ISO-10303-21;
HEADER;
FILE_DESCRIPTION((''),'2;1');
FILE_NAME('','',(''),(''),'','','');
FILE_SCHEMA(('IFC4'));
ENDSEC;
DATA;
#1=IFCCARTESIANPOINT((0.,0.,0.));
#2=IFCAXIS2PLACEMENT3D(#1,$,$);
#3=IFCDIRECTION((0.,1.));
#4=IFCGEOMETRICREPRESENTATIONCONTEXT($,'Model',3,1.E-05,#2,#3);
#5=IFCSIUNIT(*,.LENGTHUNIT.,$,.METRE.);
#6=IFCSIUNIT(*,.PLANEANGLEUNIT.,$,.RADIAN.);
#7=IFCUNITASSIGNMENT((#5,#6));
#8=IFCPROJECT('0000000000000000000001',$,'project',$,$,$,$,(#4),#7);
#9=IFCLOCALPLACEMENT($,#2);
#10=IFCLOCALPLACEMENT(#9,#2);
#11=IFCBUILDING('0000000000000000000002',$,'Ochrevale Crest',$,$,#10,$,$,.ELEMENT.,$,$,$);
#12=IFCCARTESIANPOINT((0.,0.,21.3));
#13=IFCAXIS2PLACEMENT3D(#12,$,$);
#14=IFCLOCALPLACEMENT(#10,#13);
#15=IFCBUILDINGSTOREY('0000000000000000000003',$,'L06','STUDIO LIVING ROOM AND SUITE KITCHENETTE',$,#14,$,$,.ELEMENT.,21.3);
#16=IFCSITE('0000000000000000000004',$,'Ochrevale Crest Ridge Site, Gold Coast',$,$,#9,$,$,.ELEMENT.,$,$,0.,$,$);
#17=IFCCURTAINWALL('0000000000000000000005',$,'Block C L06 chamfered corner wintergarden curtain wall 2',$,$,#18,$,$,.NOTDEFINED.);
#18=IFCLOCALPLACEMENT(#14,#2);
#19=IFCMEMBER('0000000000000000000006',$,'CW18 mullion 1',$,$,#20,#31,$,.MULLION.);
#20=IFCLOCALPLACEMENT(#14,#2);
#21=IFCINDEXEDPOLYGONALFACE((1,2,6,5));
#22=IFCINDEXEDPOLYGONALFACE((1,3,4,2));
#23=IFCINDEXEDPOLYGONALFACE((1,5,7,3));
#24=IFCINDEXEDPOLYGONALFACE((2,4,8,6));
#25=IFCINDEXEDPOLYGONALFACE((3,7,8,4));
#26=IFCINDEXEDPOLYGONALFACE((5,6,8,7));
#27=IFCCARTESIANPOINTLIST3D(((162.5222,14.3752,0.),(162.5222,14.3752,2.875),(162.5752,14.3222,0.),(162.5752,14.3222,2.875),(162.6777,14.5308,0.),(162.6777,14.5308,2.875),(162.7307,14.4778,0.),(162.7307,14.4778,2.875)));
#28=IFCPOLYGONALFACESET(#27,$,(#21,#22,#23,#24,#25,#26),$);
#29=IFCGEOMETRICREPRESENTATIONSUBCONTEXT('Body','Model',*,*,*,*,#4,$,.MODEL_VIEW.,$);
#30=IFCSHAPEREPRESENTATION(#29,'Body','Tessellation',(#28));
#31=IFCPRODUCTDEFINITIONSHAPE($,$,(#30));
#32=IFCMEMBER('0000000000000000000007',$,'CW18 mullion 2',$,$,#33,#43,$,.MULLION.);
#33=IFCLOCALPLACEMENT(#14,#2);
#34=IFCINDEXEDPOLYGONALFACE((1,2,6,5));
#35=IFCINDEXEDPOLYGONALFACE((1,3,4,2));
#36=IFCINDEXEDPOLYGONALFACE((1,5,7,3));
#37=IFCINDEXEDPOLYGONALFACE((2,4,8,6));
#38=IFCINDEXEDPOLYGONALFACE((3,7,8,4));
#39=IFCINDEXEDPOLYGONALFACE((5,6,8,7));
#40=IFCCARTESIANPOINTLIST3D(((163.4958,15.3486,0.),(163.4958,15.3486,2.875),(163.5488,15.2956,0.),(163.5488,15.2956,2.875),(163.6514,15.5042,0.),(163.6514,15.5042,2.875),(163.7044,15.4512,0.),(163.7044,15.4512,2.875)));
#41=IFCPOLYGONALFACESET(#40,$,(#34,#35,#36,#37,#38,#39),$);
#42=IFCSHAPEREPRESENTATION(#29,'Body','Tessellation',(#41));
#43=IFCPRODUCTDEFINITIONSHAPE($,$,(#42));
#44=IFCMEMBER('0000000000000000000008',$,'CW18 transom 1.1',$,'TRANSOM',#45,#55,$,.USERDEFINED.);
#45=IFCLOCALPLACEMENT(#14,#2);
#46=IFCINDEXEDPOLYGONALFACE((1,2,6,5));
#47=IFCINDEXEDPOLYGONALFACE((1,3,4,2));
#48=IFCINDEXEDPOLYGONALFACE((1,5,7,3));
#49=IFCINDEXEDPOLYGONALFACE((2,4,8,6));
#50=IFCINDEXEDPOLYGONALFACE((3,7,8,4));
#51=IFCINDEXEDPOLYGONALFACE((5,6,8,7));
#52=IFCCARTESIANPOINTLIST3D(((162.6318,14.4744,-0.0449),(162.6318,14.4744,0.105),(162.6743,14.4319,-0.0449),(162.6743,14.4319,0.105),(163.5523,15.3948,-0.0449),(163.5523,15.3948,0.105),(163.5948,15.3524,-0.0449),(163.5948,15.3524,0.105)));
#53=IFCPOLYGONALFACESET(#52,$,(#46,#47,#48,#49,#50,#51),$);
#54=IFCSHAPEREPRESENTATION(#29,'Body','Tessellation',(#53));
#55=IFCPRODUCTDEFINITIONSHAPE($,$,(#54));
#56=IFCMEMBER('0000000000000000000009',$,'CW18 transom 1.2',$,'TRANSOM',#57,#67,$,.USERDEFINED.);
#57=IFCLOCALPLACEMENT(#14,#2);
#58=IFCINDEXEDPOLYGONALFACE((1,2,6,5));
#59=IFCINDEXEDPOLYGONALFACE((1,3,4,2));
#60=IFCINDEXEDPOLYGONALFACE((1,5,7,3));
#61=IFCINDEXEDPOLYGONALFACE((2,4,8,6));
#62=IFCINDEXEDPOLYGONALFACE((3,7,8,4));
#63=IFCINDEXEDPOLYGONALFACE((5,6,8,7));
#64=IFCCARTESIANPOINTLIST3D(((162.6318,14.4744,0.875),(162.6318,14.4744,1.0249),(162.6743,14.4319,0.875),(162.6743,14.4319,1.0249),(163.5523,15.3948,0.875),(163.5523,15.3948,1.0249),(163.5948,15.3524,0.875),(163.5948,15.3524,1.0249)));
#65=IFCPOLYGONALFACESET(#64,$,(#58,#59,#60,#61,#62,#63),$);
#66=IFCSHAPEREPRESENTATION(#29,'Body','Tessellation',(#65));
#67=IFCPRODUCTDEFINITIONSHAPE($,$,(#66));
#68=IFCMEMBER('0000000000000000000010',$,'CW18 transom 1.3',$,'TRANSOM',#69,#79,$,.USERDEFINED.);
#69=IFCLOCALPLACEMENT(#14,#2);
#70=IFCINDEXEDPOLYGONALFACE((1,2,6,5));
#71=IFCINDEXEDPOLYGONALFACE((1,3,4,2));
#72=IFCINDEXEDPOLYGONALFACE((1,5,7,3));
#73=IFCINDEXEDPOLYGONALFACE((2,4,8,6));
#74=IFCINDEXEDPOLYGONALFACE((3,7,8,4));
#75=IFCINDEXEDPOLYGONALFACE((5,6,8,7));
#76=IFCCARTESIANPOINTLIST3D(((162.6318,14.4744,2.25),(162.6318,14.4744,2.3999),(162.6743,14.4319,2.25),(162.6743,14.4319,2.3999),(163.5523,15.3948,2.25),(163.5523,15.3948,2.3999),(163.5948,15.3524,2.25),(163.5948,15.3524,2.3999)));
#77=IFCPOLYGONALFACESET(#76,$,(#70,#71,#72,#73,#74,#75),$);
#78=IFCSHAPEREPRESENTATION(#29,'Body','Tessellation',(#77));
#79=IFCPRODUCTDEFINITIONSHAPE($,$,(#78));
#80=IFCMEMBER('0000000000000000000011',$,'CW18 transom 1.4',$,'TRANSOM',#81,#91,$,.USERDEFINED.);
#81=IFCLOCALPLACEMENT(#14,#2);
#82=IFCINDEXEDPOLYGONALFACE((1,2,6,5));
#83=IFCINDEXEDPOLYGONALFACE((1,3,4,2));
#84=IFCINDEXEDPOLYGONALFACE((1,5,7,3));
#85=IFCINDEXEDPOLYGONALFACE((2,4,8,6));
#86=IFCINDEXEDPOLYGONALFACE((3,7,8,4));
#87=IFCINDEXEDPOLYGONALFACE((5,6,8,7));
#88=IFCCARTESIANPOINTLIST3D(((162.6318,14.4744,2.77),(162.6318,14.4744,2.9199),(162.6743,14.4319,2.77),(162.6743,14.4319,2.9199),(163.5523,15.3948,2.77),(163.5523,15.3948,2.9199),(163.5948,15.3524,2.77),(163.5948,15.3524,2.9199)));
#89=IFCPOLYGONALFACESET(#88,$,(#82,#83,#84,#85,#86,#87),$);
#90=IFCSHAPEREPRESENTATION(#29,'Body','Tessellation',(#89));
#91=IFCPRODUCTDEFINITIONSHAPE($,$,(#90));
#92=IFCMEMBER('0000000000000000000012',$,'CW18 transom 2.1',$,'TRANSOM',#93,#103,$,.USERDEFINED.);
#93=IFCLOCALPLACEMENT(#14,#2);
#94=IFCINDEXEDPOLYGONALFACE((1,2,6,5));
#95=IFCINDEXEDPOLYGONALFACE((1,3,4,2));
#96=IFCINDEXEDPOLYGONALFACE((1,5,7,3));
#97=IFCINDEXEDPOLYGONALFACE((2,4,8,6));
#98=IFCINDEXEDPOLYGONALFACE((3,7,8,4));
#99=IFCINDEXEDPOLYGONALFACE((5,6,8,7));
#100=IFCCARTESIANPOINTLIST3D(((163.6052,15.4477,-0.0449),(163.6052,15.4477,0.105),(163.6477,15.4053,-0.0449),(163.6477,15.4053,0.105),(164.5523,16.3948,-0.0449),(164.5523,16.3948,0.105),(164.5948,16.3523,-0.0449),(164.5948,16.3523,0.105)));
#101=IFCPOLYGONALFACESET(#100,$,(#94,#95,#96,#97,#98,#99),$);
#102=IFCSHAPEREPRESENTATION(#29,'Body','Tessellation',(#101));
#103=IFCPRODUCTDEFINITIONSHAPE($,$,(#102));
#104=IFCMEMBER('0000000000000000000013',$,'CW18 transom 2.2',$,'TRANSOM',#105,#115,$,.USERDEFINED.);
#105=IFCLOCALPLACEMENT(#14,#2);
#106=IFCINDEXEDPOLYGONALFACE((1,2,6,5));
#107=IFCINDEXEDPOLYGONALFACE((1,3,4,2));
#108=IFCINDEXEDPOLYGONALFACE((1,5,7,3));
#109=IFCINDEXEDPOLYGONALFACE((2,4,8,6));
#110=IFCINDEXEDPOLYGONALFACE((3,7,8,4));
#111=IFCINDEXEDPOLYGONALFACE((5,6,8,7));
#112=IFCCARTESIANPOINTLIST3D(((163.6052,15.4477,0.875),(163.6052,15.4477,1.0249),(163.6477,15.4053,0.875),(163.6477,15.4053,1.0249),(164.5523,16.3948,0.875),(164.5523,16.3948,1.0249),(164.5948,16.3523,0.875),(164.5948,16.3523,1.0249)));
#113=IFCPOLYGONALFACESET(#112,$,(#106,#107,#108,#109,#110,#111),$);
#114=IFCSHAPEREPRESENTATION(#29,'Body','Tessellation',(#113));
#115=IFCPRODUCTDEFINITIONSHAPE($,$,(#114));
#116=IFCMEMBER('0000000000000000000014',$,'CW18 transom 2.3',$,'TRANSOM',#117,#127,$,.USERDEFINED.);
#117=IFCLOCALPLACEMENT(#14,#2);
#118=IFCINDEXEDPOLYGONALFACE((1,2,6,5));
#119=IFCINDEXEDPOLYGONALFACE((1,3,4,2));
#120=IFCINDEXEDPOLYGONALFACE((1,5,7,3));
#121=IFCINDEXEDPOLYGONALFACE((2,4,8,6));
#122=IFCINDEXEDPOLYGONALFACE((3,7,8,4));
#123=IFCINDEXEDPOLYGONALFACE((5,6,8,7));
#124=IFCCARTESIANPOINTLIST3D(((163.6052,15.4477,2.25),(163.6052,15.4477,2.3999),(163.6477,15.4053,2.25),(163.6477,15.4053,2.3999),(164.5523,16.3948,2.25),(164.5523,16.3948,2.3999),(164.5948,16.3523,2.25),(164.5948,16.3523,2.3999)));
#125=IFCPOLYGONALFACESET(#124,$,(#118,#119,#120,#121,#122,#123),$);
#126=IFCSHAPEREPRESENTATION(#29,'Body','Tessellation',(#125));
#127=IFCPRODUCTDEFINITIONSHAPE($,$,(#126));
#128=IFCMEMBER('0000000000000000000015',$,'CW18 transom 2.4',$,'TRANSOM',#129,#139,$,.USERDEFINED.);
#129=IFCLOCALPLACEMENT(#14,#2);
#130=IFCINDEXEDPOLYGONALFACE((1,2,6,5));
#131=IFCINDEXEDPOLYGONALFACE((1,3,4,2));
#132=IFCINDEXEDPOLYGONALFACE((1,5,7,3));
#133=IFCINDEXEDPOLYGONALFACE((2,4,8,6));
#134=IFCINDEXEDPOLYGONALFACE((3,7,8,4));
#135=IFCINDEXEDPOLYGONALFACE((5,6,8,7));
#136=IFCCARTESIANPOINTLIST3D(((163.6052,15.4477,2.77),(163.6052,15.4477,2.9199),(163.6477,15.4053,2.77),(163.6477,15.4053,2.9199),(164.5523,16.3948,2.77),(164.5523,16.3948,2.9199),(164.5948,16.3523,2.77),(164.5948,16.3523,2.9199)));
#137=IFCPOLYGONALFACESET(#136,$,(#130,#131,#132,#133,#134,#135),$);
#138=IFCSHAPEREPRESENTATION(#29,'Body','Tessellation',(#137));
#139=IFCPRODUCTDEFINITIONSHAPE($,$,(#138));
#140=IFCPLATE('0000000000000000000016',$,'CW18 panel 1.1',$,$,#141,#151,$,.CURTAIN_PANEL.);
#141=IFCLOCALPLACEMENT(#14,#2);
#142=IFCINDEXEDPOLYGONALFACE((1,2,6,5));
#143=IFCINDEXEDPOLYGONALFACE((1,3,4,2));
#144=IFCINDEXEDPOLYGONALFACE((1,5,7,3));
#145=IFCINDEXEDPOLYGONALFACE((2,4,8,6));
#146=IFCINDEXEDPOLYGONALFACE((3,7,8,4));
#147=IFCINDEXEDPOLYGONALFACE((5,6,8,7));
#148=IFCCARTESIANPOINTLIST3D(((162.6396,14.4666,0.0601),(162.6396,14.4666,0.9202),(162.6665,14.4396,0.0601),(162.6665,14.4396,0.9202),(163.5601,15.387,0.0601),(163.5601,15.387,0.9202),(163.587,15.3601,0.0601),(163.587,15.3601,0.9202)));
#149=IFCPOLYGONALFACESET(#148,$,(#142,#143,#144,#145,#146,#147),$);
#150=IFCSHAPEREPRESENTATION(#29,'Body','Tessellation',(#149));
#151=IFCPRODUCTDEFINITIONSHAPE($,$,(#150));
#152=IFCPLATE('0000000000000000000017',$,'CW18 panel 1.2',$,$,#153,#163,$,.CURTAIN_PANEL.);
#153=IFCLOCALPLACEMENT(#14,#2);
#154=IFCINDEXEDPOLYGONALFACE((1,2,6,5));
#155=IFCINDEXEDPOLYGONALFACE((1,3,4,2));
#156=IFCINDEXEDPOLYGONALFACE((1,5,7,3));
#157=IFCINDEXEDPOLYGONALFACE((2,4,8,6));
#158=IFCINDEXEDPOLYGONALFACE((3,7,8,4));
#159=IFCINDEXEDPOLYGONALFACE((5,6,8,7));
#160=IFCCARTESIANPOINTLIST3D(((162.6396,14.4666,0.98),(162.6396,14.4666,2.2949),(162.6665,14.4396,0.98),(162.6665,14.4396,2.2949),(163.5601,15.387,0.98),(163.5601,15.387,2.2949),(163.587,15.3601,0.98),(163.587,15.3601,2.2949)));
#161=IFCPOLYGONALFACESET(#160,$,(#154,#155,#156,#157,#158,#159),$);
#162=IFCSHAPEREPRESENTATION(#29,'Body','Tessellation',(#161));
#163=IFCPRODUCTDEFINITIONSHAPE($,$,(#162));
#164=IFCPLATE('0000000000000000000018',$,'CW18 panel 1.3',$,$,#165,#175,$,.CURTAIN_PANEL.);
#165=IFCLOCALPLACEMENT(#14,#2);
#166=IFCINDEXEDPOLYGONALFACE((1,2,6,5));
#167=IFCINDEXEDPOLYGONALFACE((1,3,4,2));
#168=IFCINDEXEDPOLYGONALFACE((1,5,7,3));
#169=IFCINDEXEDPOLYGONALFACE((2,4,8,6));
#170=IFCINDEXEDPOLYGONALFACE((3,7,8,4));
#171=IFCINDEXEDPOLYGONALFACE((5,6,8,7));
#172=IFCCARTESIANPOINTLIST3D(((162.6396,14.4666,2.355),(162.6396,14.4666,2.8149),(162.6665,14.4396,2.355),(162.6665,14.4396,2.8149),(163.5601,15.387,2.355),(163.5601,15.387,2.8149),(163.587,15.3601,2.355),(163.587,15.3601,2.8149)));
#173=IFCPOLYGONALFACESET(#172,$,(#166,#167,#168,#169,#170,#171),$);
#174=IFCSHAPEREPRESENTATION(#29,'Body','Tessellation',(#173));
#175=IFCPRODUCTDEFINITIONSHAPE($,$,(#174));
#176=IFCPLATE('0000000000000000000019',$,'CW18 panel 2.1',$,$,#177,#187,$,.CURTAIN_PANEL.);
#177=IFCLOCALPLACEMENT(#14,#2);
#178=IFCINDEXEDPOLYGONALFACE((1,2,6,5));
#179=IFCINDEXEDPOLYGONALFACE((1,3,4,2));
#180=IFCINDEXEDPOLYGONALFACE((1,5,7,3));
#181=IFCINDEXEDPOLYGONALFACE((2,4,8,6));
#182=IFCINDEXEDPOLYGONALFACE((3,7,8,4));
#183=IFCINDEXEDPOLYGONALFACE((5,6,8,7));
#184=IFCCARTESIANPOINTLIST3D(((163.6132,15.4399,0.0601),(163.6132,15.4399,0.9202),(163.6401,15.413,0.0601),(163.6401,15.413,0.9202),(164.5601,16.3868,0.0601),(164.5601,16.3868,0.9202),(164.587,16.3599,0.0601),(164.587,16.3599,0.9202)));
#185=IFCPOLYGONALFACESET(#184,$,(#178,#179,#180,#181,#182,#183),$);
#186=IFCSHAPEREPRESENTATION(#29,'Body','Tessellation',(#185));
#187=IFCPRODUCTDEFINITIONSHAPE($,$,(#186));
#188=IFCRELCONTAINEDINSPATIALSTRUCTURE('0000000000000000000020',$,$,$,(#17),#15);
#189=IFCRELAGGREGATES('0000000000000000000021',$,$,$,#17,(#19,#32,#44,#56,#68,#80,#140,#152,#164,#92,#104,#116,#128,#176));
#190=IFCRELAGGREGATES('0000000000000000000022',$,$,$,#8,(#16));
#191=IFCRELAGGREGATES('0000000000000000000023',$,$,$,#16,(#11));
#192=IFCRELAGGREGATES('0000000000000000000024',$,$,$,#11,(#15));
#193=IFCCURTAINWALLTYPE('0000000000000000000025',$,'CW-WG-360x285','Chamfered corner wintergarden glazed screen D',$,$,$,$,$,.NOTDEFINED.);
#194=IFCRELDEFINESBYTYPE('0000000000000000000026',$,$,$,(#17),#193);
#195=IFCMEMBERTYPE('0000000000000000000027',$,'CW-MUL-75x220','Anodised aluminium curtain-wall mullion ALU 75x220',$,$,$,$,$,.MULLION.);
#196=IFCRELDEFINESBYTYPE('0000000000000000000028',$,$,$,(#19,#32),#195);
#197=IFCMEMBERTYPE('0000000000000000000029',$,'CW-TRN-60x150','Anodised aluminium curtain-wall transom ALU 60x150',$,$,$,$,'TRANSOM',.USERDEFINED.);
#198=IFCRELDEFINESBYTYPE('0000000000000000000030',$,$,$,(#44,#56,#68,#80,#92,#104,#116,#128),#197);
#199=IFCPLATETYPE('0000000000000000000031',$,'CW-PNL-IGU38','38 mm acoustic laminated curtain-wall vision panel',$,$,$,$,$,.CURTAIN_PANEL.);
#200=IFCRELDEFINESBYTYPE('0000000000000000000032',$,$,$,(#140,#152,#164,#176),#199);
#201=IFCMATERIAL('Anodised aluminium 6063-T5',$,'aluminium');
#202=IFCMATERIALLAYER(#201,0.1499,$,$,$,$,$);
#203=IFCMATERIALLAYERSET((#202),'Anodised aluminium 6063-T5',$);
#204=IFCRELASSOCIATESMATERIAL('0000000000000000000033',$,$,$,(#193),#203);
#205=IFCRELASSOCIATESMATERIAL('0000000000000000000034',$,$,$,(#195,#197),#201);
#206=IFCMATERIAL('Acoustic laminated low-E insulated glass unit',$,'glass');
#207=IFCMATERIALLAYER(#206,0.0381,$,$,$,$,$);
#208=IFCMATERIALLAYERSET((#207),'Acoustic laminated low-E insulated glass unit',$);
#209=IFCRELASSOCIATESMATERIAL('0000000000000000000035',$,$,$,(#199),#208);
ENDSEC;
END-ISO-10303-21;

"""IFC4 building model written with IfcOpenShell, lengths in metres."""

from ifc_helpers import new_model, si_unit, direction, frame, origin, origin_2d, place, context, subcontext, project, spatial, rectangle, extrude, material, layer, layer_set, material_profile, profile_set, type_object, element, aggregate, save


model = new_model("IFC4")

# Units and contexts
model_context = context("Model", 3, precision=1e-05, world=origin(), true_north=direction((0.0, 1.0)))
body_context = subcontext(model_context, "Body", "Model", "MODEL_VIEW")
ifc_project = project(units=[si_unit("LENGTHUNIT", "METRE"), si_unit("PLANEANGLEUNIT", "RADIAN")], contexts=[model_context])

# Site, building, storey
site_placement = place(None, origin())
site = spatial("IfcSite", under=ifc_project, at=site_placement, Name="Ochrevale Crest Ridge Site, Gold Coast", CompositionType="ELEMENT", RefElevation=0.0)
building_placement = place(site_placement, origin())
building = spatial("IfcBuilding", under=site, at=building_placement, Name="Ochrevale Crest", CompositionType="ELEMENT")
storey_placement = place(building_placement, frame((0.0, 0.0, 21.3)))
storey = spatial("IfcBuildingStorey", under=building, at=storey_placement, Name="L06", Description="STUDIO LIVING ROOM AND SUITE KITCHENETTE", CompositionType="ELEMENT", Elevation=21.3)

# Curtain wall, members, plates
ifc_material_1 = material(Name="Anodised aluminium 6063-T5", Category="aluminium")
ifc_layer_1 = layer(ifc_material_1, 0.1499)
ifc_layer_set_1 = layer_set([ifc_layer_1], Name="Anodised aluminium 6063-T5")
curtain_wall_type = type_object("IfcCurtainWallType", Name="CW-WG-360x285", Description="Chamfered corner wintergarden glazed screen D", PredefinedType="NOTDEFINED", material=ifc_layer_set_1)
curtain_wall_placement = place(storey_placement, origin())
curtain_wall = element("IfcCurtainWall", 1, at=curtain_wall_placement, inside=storey, type_object=curtain_wall_type, Name="Block C L06 chamfered corner wintergarden curtain wall 2", PredefinedType="NOTDEFINED")
ifc_material_profile_1 = material_profile(ifc_material_1, rectangle(XDim=0.075, YDim=0.22, at=origin_2d()), Name="ALU 75x220")
ifc_profile_set_1 = profile_set([ifc_material_profile_1], Name="Anodised aluminium 6063-T5")
member_type_1 = type_object("IfcMemberType", Name="CW-MUL-75x220", Description="Anodised aluminium curtain-wall mullion ALU 75x220", PredefinedType="MULLION", material=ifc_profile_set_1)
member_1_placement = place(storey_placement, frame((162.6265, 14.4265, 0.0), z_axis=(0.0, 0.0, 1.0), x_axis=(-0.707107, 0.707107, 0.0)))
member_1 = element("IfcMember", 2, at=member_1_placement, type_object=member_type_1, Name="CW18 mullion 1", PredefinedType="MULLION", context=body_context, shape_type="SweptSolid", body=[
    extrude(rectangle(XDim=0.075, YDim=0.22, at=origin_2d()), origin(), (0.0, 0.0, 1.0), 2.875),
])
member_2_placement = place(storey_placement, frame((163.6001, 15.3999, 0.0), z_axis=(0.0, 0.0, 1.0), x_axis=(-0.707107, 0.707107, 0.0)))
member_2 = element("IfcMember", 3, at=member_2_placement, type_object=member_type_1, Name="CW18 mullion 2", PredefinedType="MULLION", context=body_context, shape_type="SweptSolid", body=[
    extrude(rectangle(XDim=0.075, YDim=0.22, at=origin_2d()), origin(), (0.0, 0.0, 1.0), 2.875),
])
ifc_material_profile_2 = material_profile(ifc_material_1, rectangle(XDim=0.0601, YDim=0.1499, at=origin_2d()), Name="ALU 60x150")
ifc_profile_set_2 = profile_set([ifc_material_profile_2], Name="Anodised aluminium 6063-T5")
member_type_2 = type_object("IfcMemberType", Name="CW-TRN-60x150", Description="Anodised aluminium curtain-wall transom ALU 60x150", ElementType="TRANSOM", PredefinedType="USERDEFINED", material=ifc_profile_set_2)
member_3_placement = place(storey_placement, frame((162.6531, 14.4531, 0.03), z_axis=(0.707107, 0.707107, 0.0), x_axis=(-0.707107, 0.707107, 0.0)))
member_3 = element("IfcMember", 4, at=member_3_placement, type_object=member_type_2, Name="CW18 transom 1.1", ObjectType="TRANSOM", PredefinedType="USERDEFINED", context=body_context, shape_type="SweptSolid", body=[
    extrude(rectangle(XDim=0.0601, YDim=0.1499, at=origin_2d()), origin(), (0.0, 0.0, 1.0), 1.3018),
])
member_4_placement = place(storey_placement, frame((162.6531, 14.4531, 0.95), z_axis=(0.707107, 0.707107, 0.0), x_axis=(-0.707107, 0.707107, 0.0)))
member_4 = element("IfcMember", 5, at=member_4_placement, type_object=member_type_2, Name="CW18 transom 1.2", ObjectType="TRANSOM", PredefinedType="USERDEFINED", context=body_context, shape_type="SweptSolid", body=[
    extrude(rectangle(XDim=0.0601, YDim=0.1499, at=origin_2d()), origin(), (0.0, 0.0, 1.0), 1.3018),
])
member_5_placement = place(storey_placement, frame((162.6531, 14.4531, 2.325), z_axis=(0.707107, 0.707107, 0.0), x_axis=(-0.707107, 0.707107, 0.0)))
member_5 = element("IfcMember", 6, at=member_5_placement, type_object=member_type_2, Name="CW18 transom 1.3", ObjectType="TRANSOM", PredefinedType="USERDEFINED", context=body_context, shape_type="SweptSolid", body=[
    extrude(rectangle(XDim=0.0601, YDim=0.1499, at=origin_2d()), origin(), (0.0, 0.0, 1.0), 1.3018),
])
member_6_placement = place(storey_placement, frame((162.6531, 14.4531, 2.845), z_axis=(0.707107, 0.707107, 0.0), x_axis=(-0.707107, 0.707107, 0.0)))
member_6 = element("IfcMember", 7, at=member_6_placement, type_object=member_type_2, Name="CW18 transom 1.4", ObjectType="TRANSOM", PredefinedType="USERDEFINED", context=body_context, shape_type="SweptSolid", body=[
    extrude(rectangle(XDim=0.0601, YDim=0.1499, at=origin_2d()), origin(), (0.0, 0.0, 1.0), 1.3018),
])
member_7_placement = place(storey_placement, frame((163.6265, 15.4265, 0.03), z_axis=(0.707107, 0.707107, 0.0), x_axis=(-0.707107, 0.707107, 0.0)))
member_7 = element("IfcMember", 8, at=member_7_placement, type_object=member_type_2, Name="CW18 transom 2.1", ObjectType="TRANSOM", PredefinedType="USERDEFINED", context=body_context, shape_type="SweptSolid", body=[
    extrude(rectangle(XDim=0.0601, YDim=0.1499, at=origin_2d()), origin(), (0.0, 0.0, 1.0), 1.3394),
])
member_8_placement = place(storey_placement, frame((163.6265, 15.4265, 0.95), z_axis=(0.707107, 0.707107, 0.0), x_axis=(-0.707107, 0.707107, 0.0)))
member_8 = element("IfcMember", 9, at=member_8_placement, type_object=member_type_2, Name="CW18 transom 2.2", ObjectType="TRANSOM", PredefinedType="USERDEFINED", context=body_context, shape_type="SweptSolid", body=[
    extrude(rectangle(XDim=0.0601, YDim=0.1499, at=origin_2d()), origin(), (0.0, 0.0, 1.0), 1.3394),
])
member_9_placement = place(storey_placement, frame((163.6265, 15.4265, 2.325), z_axis=(0.707107, 0.707107, 0.0), x_axis=(-0.707107, 0.707107, 0.0)))
member_9 = element("IfcMember", 10, at=member_9_placement, type_object=member_type_2, Name="CW18 transom 2.3", ObjectType="TRANSOM", PredefinedType="USERDEFINED", context=body_context, shape_type="SweptSolid", body=[
    extrude(rectangle(XDim=0.0601, YDim=0.1499, at=origin_2d()), origin(), (0.0, 0.0, 1.0), 1.3394),
])
member_10_placement = place(storey_placement, frame((163.6265, 15.4265, 2.845), z_axis=(0.707107, 0.707107, 0.0), x_axis=(-0.707107, 0.707107, 0.0)))
member_10 = element("IfcMember", 11, at=member_10_placement, type_object=member_type_2, Name="CW18 transom 2.4", ObjectType="TRANSOM", PredefinedType="USERDEFINED", context=body_context, shape_type="SweptSolid", body=[
    extrude(rectangle(XDim=0.0601, YDim=0.1499, at=origin_2d()), origin(), (0.0, 0.0, 1.0), 1.3394),
])
ifc_material_2 = material(Name="Acoustic laminated low-E insulated glass unit", Category="glass")
ifc_layer_2 = layer(ifc_material_2, 0.0381)
ifc_layer_set_2 = layer_set([ifc_layer_2], Name="Acoustic laminated low-E insulated glass unit")
plate_type_1 = type_object("IfcPlateType", Name="CW-PNL-IGU38", Description="38 mm acoustic laminated curtain-wall vision panel", PredefinedType="CURTAIN_PANEL", material=ifc_layer_set_2)
plate_1_placement = place(storey_placement, frame((163.1133, 14.9133, 0.0601), z_axis=(0.0, 0.0, 1.0), x_axis=(0.707107, 0.707107, 0.0)))
plate_1 = element("IfcPlate", 12, at=plate_1_placement, type_object=plate_type_1, Name="CW18 panel 1.1", PredefinedType="CURTAIN_PANEL", context=body_context, shape_type="SweptSolid", body=[
    extrude(rectangle(XDim=1.3018, YDim=0.0381, at=origin_2d()), origin(), (0.0, 0.0, 1.0), 0.8601),
])
plate_2_placement = place(storey_placement, frame((163.1133, 14.9133, 0.98), z_axis=(0.0, 0.0, 1.0), x_axis=(0.707107, 0.707107, 0.0)))
plate_2 = element("IfcPlate", 13, at=plate_2_placement, type_object=plate_type_1, Name="CW18 panel 1.2", PredefinedType="CURTAIN_PANEL", context=body_context, shape_type="SweptSolid", body=[
    extrude(rectangle(XDim=1.3018, YDim=0.0381, at=origin_2d()), origin(), (0.0, 0.0, 1.0), 1.3149),
])
plate_3_placement = place(storey_placement, frame((163.1133, 14.9133, 2.355), z_axis=(0.0, 0.0, 1.0), x_axis=(0.707107, 0.707107, 0.0)))
plate_3 = element("IfcPlate", 14, at=plate_3_placement, type_object=plate_type_1, Name="CW18 panel 1.3", PredefinedType="CURTAIN_PANEL", context=body_context, shape_type="SweptSolid", body=[
    extrude(rectangle(XDim=1.3018, YDim=0.0381, at=origin_2d()), origin(), (0.0, 0.0, 1.0), 0.46),
])
plate_4_placement = place(storey_placement, frame((164.1001, 15.8999, 0.0601), z_axis=(0.0, 0.0, 1.0), x_axis=(0.707107, 0.707107, 0.0)))
plate_4 = element("IfcPlate", 15, at=plate_4_placement, type_object=plate_type_1, Name="CW18 panel 2.1", PredefinedType="CURTAIN_PANEL", context=body_context, shape_type="SweptSolid", body=[
    extrude(rectangle(XDim=1.3391, YDim=0.0381, at=origin_2d()), origin(), (0.0, 0.0, 1.0), 0.8601),
])
aggregate(curtain_wall, [member_1, member_2, member_3, member_4, member_5, member_6, plate_1, plate_2, plate_3, member_7, member_8, member_9, member_10, plate_4])

save(model, "model.ifc")
